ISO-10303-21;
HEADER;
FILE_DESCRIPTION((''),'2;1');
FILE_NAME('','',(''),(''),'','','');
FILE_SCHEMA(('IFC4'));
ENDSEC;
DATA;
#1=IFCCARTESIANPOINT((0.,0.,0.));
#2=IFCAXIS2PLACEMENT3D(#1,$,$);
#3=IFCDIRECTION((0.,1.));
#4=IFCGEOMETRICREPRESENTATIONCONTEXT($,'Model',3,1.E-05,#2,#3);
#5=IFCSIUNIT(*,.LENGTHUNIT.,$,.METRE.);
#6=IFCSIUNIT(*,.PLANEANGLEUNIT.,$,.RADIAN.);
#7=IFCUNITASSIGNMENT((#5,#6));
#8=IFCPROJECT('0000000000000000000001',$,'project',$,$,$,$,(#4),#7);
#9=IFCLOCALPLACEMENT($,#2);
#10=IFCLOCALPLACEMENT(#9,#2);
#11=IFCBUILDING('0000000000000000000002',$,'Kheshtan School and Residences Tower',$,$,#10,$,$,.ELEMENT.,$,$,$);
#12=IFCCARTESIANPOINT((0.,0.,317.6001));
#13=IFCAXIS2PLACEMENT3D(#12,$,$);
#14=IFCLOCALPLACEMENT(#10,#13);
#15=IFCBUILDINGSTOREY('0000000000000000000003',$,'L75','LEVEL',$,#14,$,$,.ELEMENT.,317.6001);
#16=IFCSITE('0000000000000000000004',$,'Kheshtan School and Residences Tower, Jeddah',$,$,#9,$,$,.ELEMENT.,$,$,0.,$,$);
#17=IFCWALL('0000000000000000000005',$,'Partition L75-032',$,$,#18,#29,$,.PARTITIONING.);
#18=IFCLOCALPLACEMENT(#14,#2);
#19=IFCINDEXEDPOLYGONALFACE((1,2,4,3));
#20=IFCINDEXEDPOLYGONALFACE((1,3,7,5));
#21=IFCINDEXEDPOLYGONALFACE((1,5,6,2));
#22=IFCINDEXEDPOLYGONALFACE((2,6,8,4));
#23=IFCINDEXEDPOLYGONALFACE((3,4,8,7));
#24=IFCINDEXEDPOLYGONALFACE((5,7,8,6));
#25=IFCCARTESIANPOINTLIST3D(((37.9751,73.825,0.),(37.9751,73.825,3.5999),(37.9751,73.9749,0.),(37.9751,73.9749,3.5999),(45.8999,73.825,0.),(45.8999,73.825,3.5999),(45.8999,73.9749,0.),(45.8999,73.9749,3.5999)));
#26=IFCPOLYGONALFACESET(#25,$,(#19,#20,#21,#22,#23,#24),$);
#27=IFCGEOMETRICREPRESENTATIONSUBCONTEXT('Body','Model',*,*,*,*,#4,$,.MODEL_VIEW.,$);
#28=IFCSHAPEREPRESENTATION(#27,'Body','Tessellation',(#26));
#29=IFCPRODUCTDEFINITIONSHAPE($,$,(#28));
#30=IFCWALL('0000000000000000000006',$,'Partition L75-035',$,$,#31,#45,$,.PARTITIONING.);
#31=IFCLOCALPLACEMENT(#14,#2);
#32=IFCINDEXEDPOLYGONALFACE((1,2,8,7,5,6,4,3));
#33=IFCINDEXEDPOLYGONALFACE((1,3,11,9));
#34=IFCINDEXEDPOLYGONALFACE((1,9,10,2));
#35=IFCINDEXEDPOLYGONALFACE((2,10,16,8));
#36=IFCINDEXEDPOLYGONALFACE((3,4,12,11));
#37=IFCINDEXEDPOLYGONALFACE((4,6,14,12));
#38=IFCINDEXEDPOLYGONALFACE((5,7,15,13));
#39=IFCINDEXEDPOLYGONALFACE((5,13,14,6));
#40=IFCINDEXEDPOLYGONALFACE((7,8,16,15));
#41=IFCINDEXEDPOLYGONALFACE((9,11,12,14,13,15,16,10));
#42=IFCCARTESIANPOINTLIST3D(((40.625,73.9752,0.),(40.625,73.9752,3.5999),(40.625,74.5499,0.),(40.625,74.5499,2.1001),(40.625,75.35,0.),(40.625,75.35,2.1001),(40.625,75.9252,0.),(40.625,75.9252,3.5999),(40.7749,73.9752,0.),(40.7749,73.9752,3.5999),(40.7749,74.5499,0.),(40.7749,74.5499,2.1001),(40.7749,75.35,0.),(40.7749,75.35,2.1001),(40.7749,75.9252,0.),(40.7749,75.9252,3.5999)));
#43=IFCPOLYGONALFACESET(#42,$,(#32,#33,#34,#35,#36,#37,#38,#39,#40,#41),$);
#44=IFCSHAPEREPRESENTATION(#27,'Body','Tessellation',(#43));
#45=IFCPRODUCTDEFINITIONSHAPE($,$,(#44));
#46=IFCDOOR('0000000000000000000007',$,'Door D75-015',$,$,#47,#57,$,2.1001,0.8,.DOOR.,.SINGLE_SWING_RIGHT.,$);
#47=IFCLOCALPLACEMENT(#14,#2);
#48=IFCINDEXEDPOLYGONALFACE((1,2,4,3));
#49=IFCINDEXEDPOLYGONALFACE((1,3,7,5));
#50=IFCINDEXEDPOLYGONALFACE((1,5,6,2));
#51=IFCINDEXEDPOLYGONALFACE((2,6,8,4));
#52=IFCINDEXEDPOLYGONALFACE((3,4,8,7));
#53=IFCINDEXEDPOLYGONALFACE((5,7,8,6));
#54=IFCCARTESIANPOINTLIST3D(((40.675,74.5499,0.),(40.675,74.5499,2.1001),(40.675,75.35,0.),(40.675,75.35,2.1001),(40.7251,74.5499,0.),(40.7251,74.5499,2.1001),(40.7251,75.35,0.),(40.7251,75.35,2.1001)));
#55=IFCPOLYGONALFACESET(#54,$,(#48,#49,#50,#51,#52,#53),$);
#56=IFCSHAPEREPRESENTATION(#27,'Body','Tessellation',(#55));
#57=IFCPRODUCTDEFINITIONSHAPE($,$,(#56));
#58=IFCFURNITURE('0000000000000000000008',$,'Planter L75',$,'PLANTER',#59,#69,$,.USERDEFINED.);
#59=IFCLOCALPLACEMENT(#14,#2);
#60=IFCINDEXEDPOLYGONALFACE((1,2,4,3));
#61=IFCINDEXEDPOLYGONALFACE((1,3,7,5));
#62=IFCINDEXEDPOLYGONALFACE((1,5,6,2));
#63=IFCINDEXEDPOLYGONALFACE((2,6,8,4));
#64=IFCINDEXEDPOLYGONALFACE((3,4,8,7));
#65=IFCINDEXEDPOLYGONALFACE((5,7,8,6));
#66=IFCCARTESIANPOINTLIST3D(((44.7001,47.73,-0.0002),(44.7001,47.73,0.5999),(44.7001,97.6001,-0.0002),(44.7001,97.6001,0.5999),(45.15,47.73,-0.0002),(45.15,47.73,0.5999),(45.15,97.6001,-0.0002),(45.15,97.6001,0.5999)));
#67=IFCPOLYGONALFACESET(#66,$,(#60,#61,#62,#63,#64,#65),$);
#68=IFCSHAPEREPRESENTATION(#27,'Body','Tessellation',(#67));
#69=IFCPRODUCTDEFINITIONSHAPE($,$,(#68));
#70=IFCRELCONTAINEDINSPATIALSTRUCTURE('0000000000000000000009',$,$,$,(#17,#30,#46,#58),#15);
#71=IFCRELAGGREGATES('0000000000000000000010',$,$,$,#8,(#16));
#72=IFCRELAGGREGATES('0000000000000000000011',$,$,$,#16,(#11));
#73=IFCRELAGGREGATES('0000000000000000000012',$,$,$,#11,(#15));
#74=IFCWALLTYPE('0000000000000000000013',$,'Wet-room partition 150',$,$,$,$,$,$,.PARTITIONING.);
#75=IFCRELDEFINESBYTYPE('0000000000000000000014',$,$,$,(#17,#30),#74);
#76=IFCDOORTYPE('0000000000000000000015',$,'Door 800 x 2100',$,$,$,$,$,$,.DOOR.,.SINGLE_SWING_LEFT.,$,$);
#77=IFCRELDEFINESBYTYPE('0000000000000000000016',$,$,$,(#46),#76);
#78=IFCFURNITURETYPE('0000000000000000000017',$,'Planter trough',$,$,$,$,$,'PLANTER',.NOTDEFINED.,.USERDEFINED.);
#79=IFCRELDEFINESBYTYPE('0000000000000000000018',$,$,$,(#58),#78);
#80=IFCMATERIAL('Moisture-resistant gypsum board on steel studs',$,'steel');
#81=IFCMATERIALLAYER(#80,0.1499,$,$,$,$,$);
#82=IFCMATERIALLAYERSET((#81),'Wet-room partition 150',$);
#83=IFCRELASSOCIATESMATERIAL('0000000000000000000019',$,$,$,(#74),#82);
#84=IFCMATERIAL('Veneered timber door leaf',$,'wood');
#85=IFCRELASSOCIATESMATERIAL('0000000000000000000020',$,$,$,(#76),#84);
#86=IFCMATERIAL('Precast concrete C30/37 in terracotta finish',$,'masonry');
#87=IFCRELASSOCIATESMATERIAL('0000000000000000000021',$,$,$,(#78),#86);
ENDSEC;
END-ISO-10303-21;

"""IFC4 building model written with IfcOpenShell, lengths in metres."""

from ifc_helpers import new_model, si_unit, direction, frame, frame_2d, origin, origin_2d, place, context, subcontext, project, spatial, rectangle, extrude, source, transform, mapped, material, layer, layer_set, type_object, element, fill, save


model = new_model("IFC4")

# Units and contexts
model_context = context("Model", 3, precision=1e-05, world=origin(), true_north=direction((0.0, 1.0)))
body_context = subcontext(model_context, "Body", "Model", "MODEL_VIEW")
ifc_project = project(units=[si_unit("LENGTHUNIT", "METRE"), si_unit("PLANEANGLEUNIT", "RADIAN")], contexts=[model_context])

# Site, building, storey
site_placement = place(None, origin())
site = spatial("IfcSite", under=ifc_project, at=site_placement, Name="Kheshtan School and Residences Tower, Jeddah", CompositionType="ELEMENT", RefElevation=0.0)
building_placement = place(site_placement, origin())
building = spatial("IfcBuilding", under=site, at=building_placement, Name="Kheshtan School and Residences Tower", CompositionType="ELEMENT")
storey_placement = place(building_placement, frame((0.0, 0.0, 317.6001)))
storey = spatial("IfcBuildingStorey", under=building, at=storey_placement, Name="L75", Description="LEVEL", CompositionType="ELEMENT", Elevation=317.6001)

# Shared definitions
ifc_material_1 = material(Name="Moisture-resistant gypsum board on steel studs", Category="steel")
ifc_layer_1 = layer(ifc_material_1, 0.1499)
ifc_layer_set_1 = layer_set([ifc_layer_1], Name="Wet-room partition 150")
wall_type_1 = type_object("IfcWallType", Name="Wet-room partition 150", PredefinedType="PARTITIONING", material=ifc_layer_set_1)

# Shared definitions
ifc_material_2 = material(Name="Veneered timber door leaf", Category="wood")
door_type_1 = type_object("IfcDoorType", Name="Door 800 x 2100", OperationType="SINGLE_SWING_LEFT", PredefinedType="DOOR", material=ifc_material_2)
shared_shape_1 = source(origin(), body_context, "Body", "SweptSolid", [
    extrude(rectangle(XDim=0.8, YDim=2.1001, at=frame_2d((0.3999, 1.05))), frame((0.0, 0.0249, 0.0), z_axis=(0.0, -1.0, 0.0), x_axis=(1.0, 0.0, 0.0)), (0.0, 0.0, 1.0), 0.05),
])

# Wall
wall_1_placement = place(storey_placement, frame((37.9751, 73.8999, 0.0), z_axis=(0.0, 0.0, 1.0), x_axis=(1.0, 0.0, 0.0)))
element("IfcWall", 1, at=wall_1_placement, inside=storey, type_object=wall_type_1, Name="Partition L75-032", PredefinedType="PARTITIONING", context=body_context, shape_type="SweptSolid", body=[
    extrude(rectangle(XDim=7.9248, YDim=0.1499, at=frame_2d((3.9624, 0.0))), origin(), (0.0, 0.0, 1.0), 3.5999),
])

# Wall, opening, door
wall_2_placement = place(storey_placement, frame((40.7, 73.9751, 0.0), z_axis=(0.0, 0.0, 1.0), x_axis=(0.0, 1.0, 0.0)))
wall_2 = element("IfcWall", 2, at=wall_2_placement, inside=storey, type_object=wall_type_1, Name="Partition L75-035", PredefinedType="PARTITIONING", context=body_context, shape_type="SweptSolid", body=[
    extrude(rectangle(XDim=1.95, YDim=0.1499, at=frame_2d((0.9751, 0.0))), origin(), (0.0, 0.0, 1.0), 3.5999),
])
opening_1_placement = place(wall_2_placement, frame((0.575, 0.0, 0.0)))
opening_1 = element("IfcOpeningElement", 3, at=opening_1_placement, cuts=wall_2, PredefinedType="OPENING", context=body_context, shape_type="SweptSolid", body=[
    extrude(rectangle(XDim=0.8, YDim=2.1001, at=frame_2d((0.3999, 1.05))), frame((0.0, 0.085, 0.0), z_axis=(0.0, -1.0, 0.0), x_axis=(1.0, 0.0, 0.0)), (0.0, 0.0, 1.0), 0.1699),
])
door_1_placement = place(opening_1_placement, origin())
door_1 = element("IfcDoor", 4, at=door_1_placement, inside=storey, type_object=door_type_1, Name="Door D75-015", OperationType="SINGLE_SWING_RIGHT", OverallHeight=2.1001, OverallWidth=0.8, PredefinedType="DOOR", context=body_context, shape_type="MappedRepresentation", body=[
    mapped(shared_shape_1, transform((0.0, 0.0, 0.0), x_axis=(1.0, 0.0, 0.0), y_axis=(0.0, 1.0, 0.0), z_axis=(0.0, 0.0, 1.0), scale=1.0)),
])
fill(opening_1, door_1)

# Furniture
ifc_material_3 = material(Name="Precast concrete C30/37 in terracotta finish", Category="masonry")
furniture_type = type_object("IfcFurnitureType", Name="Planter trough", ElementType="PLANTER", AssemblyPlace="NOTDEFINED", PredefinedType="USERDEFINED", material=ifc_material_3)
furniture_placement = place(storey_placement, frame((44.925, 72.665, -0.0002), z_axis=(0.0, 0.0, 1.0), x_axis=(0.0, -1.0, 0.0)))
element("IfcFurniture", 5, at=furniture_placement, inside=storey, type_object=furniture_type, Name="Planter L75", ObjectType="PLANTER", PredefinedType="USERDEFINED", context=body_context, shape_type="SweptSolid", body=[
    extrude(rectangle(XDim=49.8701, YDim=0.45, at=origin_2d()), origin(), (0.0, 0.0, 1.0), 0.6001),
])

save(model, "model.ifc")
